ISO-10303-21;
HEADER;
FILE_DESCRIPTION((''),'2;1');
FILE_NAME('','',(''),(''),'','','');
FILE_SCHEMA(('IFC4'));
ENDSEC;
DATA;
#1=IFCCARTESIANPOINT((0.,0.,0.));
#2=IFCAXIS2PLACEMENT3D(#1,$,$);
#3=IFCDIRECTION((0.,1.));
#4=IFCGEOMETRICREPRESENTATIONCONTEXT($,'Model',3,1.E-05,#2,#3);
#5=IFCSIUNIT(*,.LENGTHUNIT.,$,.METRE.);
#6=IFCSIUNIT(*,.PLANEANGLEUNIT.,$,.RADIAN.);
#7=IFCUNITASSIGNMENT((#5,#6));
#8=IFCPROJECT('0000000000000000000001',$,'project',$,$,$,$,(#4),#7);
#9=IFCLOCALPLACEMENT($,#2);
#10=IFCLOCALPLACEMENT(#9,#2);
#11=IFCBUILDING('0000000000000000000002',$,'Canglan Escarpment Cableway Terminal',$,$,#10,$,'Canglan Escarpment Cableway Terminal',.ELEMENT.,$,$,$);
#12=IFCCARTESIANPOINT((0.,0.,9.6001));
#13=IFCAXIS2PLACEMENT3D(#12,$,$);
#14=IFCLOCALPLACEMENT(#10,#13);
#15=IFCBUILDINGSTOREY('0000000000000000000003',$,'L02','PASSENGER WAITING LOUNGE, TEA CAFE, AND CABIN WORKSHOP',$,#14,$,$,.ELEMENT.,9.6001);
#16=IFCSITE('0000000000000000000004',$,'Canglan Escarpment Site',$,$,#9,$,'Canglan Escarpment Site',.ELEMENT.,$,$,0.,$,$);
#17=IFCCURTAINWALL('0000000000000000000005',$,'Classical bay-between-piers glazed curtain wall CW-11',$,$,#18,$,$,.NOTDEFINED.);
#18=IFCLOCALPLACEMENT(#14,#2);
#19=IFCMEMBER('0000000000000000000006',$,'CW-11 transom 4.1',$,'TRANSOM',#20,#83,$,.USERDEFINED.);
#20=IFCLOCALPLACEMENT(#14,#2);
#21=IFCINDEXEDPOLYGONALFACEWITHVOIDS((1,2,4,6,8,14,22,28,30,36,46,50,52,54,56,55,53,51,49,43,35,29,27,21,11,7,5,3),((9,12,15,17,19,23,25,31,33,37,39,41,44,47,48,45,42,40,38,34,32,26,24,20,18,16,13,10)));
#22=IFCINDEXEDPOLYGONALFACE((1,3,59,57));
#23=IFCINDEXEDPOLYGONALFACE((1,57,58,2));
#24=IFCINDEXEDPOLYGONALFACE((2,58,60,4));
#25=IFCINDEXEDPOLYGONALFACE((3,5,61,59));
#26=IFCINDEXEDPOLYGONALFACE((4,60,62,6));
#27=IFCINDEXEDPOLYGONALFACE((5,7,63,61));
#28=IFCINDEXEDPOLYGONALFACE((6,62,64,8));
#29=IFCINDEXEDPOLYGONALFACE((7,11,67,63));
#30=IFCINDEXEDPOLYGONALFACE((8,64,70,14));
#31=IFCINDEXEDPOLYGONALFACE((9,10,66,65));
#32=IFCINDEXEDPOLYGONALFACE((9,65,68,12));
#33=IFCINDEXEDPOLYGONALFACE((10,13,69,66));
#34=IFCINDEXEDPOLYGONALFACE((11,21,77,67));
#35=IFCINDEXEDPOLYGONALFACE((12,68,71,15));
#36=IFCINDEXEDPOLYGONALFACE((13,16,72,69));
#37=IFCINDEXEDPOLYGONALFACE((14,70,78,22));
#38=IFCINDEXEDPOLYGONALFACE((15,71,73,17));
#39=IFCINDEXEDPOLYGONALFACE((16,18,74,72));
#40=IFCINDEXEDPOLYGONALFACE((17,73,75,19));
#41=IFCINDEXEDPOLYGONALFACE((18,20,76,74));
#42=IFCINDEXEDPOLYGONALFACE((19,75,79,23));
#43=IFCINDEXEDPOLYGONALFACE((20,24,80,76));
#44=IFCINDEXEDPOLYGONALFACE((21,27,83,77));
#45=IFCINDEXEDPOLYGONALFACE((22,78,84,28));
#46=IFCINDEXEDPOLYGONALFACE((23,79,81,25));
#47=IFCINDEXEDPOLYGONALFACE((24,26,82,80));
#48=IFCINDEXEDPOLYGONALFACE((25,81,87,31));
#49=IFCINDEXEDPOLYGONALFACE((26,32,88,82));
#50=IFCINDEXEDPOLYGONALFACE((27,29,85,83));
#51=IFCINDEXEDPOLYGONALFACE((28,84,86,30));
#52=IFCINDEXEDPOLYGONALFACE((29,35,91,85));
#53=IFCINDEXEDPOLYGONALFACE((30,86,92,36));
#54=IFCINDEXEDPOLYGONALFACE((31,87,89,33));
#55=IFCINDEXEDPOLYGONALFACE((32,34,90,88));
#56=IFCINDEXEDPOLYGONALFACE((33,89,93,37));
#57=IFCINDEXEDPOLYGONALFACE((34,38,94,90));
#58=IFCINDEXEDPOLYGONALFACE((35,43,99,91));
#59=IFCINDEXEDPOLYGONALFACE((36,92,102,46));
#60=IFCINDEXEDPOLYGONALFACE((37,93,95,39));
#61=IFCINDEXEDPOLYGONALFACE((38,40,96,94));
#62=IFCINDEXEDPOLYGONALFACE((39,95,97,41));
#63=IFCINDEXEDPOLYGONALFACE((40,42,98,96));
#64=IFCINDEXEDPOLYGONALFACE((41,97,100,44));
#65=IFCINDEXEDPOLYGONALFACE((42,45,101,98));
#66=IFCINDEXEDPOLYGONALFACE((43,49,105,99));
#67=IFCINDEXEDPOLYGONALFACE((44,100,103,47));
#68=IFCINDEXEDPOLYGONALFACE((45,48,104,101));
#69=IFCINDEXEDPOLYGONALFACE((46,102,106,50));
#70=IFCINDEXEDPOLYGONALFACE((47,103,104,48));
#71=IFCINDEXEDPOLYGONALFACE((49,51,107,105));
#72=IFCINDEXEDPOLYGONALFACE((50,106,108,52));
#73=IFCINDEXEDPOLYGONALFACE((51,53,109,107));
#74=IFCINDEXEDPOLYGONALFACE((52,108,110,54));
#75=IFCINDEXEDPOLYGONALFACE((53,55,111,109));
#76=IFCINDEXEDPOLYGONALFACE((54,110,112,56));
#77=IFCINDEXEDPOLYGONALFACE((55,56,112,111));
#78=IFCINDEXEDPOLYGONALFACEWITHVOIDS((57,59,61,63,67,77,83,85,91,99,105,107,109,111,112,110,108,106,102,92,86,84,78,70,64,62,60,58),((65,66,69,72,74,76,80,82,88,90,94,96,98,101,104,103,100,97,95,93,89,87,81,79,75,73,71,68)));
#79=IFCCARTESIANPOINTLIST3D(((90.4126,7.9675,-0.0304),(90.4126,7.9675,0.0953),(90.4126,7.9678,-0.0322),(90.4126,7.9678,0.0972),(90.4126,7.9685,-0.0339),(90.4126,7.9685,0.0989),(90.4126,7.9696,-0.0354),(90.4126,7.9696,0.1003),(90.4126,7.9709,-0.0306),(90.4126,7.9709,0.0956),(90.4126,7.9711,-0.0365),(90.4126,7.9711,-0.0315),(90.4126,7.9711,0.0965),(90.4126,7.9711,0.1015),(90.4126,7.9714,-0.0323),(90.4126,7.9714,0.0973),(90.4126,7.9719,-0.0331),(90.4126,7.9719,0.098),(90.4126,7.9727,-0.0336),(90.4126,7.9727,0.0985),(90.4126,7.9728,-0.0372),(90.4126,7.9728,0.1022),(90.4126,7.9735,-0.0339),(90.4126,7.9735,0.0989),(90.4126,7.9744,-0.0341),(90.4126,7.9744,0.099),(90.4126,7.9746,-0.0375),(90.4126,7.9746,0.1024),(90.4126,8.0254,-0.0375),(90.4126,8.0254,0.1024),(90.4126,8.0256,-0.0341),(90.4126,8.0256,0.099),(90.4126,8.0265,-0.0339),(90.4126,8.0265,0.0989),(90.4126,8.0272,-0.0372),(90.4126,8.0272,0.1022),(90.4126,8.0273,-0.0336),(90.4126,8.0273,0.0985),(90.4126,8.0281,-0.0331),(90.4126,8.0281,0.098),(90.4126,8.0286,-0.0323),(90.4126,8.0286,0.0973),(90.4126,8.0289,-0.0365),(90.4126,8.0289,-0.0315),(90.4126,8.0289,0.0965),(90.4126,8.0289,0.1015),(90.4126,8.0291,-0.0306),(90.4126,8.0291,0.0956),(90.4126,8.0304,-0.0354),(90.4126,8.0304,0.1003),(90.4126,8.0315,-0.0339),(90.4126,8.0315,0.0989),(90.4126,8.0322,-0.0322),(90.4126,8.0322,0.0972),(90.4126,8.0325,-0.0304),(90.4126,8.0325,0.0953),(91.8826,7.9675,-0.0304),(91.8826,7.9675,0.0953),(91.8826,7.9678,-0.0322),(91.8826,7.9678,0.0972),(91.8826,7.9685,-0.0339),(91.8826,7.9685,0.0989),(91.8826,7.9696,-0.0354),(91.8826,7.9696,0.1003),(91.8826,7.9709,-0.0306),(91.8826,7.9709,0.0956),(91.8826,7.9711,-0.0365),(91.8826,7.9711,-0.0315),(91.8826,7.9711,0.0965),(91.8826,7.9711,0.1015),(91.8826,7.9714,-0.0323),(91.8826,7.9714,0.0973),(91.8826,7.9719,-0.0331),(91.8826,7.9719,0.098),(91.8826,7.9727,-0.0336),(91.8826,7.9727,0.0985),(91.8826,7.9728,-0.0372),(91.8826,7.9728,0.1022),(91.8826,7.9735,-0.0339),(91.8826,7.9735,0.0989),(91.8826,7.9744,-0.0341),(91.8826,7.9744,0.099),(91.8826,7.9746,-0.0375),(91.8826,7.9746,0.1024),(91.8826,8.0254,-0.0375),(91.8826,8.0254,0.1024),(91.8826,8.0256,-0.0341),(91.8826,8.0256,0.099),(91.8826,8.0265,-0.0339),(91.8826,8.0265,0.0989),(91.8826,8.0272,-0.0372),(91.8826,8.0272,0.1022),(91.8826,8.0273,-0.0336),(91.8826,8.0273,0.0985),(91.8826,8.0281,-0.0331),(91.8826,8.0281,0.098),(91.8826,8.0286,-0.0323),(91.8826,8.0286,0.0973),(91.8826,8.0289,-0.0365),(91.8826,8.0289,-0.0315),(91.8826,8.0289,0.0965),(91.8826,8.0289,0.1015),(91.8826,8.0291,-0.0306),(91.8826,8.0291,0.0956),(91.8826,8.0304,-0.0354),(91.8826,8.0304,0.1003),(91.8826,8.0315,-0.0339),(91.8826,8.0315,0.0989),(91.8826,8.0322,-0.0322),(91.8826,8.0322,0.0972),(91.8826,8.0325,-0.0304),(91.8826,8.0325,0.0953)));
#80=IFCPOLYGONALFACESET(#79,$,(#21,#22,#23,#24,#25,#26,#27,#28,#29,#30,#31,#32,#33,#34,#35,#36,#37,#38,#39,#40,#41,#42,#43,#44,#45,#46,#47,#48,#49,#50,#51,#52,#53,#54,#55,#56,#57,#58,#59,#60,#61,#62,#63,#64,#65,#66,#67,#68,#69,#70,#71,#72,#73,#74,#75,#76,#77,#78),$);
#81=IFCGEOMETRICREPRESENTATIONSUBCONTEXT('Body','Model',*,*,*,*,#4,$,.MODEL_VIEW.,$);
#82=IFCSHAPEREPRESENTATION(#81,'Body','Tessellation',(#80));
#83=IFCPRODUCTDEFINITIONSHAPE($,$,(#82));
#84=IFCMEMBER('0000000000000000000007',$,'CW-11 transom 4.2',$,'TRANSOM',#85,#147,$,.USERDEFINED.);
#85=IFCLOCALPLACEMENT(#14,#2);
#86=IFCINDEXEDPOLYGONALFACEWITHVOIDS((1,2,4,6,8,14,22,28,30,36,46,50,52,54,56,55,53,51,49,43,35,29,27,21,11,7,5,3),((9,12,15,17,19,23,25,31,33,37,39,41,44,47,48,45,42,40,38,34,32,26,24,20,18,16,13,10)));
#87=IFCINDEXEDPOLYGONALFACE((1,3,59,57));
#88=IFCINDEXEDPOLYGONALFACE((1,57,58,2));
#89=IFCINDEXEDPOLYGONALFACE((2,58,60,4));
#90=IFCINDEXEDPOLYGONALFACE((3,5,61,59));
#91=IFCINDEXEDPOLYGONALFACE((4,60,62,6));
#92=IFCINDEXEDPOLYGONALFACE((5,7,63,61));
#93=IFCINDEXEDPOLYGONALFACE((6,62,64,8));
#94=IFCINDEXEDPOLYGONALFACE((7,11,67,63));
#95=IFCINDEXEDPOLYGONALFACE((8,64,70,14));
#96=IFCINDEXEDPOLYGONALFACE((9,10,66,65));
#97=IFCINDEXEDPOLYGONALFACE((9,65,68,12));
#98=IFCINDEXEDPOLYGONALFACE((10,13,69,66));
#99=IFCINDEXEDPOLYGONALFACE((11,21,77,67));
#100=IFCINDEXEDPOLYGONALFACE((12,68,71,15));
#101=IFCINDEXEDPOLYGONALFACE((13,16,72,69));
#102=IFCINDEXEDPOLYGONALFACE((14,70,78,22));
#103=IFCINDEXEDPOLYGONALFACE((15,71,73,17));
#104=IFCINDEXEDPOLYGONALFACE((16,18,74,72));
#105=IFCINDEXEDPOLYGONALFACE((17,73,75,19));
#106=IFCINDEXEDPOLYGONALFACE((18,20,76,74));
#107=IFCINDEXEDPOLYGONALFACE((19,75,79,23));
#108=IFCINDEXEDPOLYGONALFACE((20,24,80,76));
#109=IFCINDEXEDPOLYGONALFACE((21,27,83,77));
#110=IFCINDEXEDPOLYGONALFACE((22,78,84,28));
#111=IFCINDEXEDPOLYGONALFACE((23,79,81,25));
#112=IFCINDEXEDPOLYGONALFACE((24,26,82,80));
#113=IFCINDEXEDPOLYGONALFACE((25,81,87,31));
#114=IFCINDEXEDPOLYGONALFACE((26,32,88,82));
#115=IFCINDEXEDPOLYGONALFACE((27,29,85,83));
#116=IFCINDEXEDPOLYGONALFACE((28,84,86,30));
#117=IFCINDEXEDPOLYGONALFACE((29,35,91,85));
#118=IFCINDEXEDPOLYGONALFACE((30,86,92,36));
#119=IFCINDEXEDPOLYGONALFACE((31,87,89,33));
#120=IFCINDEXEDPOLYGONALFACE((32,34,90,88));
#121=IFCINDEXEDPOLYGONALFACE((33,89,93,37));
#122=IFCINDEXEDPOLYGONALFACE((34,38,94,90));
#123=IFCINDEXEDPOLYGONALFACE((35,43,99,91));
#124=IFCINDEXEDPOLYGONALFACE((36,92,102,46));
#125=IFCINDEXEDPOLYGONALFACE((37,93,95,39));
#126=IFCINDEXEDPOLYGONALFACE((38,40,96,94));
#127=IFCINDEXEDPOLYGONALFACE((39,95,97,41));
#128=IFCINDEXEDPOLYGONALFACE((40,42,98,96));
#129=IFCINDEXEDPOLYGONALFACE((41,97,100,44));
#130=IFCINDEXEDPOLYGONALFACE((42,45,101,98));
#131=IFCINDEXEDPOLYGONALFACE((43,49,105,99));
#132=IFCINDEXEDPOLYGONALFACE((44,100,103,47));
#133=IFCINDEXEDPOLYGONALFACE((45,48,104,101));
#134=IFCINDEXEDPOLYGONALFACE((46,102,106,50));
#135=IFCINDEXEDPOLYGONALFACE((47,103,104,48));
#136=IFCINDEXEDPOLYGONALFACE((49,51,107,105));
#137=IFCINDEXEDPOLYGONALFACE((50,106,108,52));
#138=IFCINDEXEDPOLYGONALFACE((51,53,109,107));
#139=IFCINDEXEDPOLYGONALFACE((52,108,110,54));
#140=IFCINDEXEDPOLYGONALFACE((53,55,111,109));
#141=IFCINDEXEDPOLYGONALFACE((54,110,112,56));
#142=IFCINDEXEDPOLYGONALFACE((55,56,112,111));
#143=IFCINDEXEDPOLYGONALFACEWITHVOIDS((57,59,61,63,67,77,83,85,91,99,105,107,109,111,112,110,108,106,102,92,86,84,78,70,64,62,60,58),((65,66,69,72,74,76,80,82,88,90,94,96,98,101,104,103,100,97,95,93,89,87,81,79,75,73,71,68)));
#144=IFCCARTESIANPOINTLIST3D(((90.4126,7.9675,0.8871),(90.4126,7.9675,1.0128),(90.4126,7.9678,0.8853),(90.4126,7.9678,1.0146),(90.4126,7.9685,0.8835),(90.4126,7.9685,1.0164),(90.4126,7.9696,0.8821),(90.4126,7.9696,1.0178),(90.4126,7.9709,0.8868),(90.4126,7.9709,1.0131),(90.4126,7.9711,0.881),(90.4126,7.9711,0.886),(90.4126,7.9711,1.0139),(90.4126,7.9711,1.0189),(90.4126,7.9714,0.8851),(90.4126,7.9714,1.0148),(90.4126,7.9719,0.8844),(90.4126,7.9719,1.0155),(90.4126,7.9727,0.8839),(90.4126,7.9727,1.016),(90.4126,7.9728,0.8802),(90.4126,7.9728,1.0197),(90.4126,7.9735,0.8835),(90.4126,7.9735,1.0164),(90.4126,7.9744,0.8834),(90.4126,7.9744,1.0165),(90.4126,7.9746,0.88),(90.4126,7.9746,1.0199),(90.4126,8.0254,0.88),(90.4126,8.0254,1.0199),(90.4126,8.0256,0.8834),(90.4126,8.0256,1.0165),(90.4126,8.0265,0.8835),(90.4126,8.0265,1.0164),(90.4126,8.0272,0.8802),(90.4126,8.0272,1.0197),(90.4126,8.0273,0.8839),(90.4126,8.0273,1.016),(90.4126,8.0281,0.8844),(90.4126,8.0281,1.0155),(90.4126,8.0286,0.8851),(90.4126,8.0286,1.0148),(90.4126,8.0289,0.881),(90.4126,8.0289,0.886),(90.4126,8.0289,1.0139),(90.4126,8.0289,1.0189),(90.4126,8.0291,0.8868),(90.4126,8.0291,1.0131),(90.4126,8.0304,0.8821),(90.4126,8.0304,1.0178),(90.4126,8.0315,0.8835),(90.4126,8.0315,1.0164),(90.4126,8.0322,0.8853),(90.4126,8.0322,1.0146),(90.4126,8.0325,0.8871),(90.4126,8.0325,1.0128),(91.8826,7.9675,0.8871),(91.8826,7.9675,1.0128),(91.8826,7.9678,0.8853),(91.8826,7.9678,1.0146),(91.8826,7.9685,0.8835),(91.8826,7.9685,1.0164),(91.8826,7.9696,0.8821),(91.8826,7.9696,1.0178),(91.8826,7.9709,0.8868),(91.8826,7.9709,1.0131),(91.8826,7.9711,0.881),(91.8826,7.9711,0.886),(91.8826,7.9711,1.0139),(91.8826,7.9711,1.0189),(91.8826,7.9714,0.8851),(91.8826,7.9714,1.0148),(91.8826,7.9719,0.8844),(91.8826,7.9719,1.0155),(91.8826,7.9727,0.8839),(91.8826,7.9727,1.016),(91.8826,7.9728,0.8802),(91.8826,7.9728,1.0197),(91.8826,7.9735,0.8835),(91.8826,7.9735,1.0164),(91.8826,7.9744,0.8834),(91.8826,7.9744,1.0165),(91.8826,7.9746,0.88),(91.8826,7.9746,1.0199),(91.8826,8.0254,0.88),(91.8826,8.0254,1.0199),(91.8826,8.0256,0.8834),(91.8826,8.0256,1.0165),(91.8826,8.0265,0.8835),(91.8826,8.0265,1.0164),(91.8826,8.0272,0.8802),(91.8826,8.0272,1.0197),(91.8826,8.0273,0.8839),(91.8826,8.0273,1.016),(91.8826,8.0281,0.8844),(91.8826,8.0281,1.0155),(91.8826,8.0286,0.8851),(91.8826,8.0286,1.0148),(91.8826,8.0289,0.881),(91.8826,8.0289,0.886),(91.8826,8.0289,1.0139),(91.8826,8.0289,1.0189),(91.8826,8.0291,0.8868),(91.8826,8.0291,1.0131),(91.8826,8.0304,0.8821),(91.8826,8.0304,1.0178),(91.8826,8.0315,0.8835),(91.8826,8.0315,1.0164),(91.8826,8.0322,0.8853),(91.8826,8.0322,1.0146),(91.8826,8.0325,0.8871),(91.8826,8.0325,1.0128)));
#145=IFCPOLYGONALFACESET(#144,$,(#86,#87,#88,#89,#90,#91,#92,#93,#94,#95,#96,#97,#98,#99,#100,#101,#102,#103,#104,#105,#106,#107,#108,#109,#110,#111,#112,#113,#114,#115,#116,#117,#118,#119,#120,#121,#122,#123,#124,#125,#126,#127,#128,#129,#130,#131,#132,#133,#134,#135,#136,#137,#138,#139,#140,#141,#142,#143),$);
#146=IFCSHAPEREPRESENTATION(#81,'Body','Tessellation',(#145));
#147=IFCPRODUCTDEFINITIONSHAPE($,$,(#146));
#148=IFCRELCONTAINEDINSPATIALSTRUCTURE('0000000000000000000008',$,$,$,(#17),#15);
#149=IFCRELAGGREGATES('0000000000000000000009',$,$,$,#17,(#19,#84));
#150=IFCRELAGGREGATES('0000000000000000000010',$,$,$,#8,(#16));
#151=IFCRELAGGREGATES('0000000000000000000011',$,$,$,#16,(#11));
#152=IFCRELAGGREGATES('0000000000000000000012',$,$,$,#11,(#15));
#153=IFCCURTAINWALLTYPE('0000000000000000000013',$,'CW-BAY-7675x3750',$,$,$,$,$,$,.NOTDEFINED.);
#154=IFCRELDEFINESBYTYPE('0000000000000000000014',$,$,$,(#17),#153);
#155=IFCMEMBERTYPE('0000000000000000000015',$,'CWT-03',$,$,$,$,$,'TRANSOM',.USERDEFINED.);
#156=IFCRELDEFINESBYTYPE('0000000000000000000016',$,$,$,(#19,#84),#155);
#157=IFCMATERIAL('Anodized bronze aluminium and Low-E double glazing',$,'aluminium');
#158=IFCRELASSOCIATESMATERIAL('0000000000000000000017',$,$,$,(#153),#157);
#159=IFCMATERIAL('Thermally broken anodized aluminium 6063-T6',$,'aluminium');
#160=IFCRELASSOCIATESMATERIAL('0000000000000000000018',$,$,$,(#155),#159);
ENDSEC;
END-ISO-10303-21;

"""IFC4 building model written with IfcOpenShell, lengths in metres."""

from ifc_helpers import new_model, si_unit, direction, frame, origin, origin_2d, place, context, subcontext, project, spatial, hollow_rectangle, extrude, material, material_profile, profile_set, type_object, element, aggregate, save


model = new_model("IFC4")

# Units and contexts
model_context = context("Model", 3, precision=1e-05, world=origin(), true_north=direction((0.0, 1.0)))
body_context = subcontext(model_context, "Body", "Model", "MODEL_VIEW")
ifc_project = project(units=[si_unit("LENGTHUNIT", "METRE"), si_unit("PLANEANGLEUNIT", "RADIAN")], contexts=[model_context])

# Site, building, storey
site_placement = place(None, origin())
site = spatial("IfcSite", under=ifc_project, at=site_placement, Name="Canglan Escarpment Site", LongName="Canglan Escarpment Site", CompositionType="ELEMENT", RefElevation=0.0)
building_placement = place(site_placement, origin())
building = spatial("IfcBuilding", under=site, at=building_placement, Name="Canglan Escarpment Cableway Terminal", LongName="Canglan Escarpment Cableway Terminal", CompositionType="ELEMENT")
storey_placement = place(building_placement, frame((0.0, 0.0, 9.6001)))
storey = spatial("IfcBuildingStorey", under=building, at=storey_placement, Name="L02", Description="PASSENGER WAITING LOUNGE, TEA CAFE, AND CABIN WORKSHOP", CompositionType="ELEMENT", Elevation=9.6001)

# Curtain wall, members
ifc_material_1 = material(Name="Anodized bronze aluminium and Low-E double glazing", Category="aluminium")
curtain_wall_type = type_object("IfcCurtainWallType", Name="CW-BAY-7675x3750", PredefinedType="NOTDEFINED", material=ifc_material_1)
curtain_wall_placement = place(storey_placement, origin())
curtain_wall = element("IfcCurtainWall", 1, at=curtain_wall_placement, inside=storey, type_object=curtain_wall_type, Name="Classical bay-between-piers glazed curtain wall CW-11", PredefinedType="NOTDEFINED")
ifc_material_2 = material(Name="Thermally broken anodized aluminium 6063-T6", Category="aluminium")
ifc_material_profile_1 = material_profile(ifc_material_2, hollow_rectangle(XDim=0.0649, YDim=0.1399, WallThickness=0.0034, InnerFilletRadius=0.0034, OuterFilletRadius=0.0071, at=origin_2d()), Name="ALU-TRAN 65x140x3.5")
ifc_profile_set_1 = profile_set([ifc_material_profile_1], Name="Thermally broken anodized aluminium 6063-T6")
member_type_1 = type_object("IfcMemberType", Name="CWT-03", ElementType="TRANSOM", PredefinedType="USERDEFINED", material=ifc_profile_set_1)
member_1_placement = place(storey_placement, frame((90.4126, 8.0, 0.0325), z_axis=(1.0, 0.0, 0.0), x_axis=(0.0, 1.0, 0.0)))
member_1 = element("IfcMember", 2, at=member_1_placement, type_object=member_type_1, Name="CW-11 transom 4.1", ObjectType="TRANSOM", PredefinedType="USERDEFINED", context=body_context, shape_type="SweptSolid", body=[
    extrude(hollow_rectangle(XDim=0.0649, YDim=0.1399, WallThickness=0.0034, InnerFilletRadius=0.0034, OuterFilletRadius=0.0071, at=origin_2d()), origin(), (0.0, 0.0, 1.0), 1.47),
])
member_2_placement = place(storey_placement, frame((90.4126, 8.0, 0.95), z_axis=(1.0, 0.0, 0.0), x_axis=(0.0, 1.0, 0.0)))
member_2 = element("IfcMember", 3, at=member_2_placement, type_object=member_type_1, Name="CW-11 transom 4.2", ObjectType="TRANSOM", PredefinedType="USERDEFINED", context=body_context, shape_type="SweptSolid", body=[
    extrude(hollow_rectangle(XDim=0.0649, YDim=0.1399, WallThickness=0.0034, InnerFilletRadius=0.0034, OuterFilletRadius=0.0071, at=origin_2d()), origin(), (0.0, 0.0, 1.0), 1.47),
])

aggregate(curtain_wall, [member_1, member_2])

save(model, "model.ifc")
